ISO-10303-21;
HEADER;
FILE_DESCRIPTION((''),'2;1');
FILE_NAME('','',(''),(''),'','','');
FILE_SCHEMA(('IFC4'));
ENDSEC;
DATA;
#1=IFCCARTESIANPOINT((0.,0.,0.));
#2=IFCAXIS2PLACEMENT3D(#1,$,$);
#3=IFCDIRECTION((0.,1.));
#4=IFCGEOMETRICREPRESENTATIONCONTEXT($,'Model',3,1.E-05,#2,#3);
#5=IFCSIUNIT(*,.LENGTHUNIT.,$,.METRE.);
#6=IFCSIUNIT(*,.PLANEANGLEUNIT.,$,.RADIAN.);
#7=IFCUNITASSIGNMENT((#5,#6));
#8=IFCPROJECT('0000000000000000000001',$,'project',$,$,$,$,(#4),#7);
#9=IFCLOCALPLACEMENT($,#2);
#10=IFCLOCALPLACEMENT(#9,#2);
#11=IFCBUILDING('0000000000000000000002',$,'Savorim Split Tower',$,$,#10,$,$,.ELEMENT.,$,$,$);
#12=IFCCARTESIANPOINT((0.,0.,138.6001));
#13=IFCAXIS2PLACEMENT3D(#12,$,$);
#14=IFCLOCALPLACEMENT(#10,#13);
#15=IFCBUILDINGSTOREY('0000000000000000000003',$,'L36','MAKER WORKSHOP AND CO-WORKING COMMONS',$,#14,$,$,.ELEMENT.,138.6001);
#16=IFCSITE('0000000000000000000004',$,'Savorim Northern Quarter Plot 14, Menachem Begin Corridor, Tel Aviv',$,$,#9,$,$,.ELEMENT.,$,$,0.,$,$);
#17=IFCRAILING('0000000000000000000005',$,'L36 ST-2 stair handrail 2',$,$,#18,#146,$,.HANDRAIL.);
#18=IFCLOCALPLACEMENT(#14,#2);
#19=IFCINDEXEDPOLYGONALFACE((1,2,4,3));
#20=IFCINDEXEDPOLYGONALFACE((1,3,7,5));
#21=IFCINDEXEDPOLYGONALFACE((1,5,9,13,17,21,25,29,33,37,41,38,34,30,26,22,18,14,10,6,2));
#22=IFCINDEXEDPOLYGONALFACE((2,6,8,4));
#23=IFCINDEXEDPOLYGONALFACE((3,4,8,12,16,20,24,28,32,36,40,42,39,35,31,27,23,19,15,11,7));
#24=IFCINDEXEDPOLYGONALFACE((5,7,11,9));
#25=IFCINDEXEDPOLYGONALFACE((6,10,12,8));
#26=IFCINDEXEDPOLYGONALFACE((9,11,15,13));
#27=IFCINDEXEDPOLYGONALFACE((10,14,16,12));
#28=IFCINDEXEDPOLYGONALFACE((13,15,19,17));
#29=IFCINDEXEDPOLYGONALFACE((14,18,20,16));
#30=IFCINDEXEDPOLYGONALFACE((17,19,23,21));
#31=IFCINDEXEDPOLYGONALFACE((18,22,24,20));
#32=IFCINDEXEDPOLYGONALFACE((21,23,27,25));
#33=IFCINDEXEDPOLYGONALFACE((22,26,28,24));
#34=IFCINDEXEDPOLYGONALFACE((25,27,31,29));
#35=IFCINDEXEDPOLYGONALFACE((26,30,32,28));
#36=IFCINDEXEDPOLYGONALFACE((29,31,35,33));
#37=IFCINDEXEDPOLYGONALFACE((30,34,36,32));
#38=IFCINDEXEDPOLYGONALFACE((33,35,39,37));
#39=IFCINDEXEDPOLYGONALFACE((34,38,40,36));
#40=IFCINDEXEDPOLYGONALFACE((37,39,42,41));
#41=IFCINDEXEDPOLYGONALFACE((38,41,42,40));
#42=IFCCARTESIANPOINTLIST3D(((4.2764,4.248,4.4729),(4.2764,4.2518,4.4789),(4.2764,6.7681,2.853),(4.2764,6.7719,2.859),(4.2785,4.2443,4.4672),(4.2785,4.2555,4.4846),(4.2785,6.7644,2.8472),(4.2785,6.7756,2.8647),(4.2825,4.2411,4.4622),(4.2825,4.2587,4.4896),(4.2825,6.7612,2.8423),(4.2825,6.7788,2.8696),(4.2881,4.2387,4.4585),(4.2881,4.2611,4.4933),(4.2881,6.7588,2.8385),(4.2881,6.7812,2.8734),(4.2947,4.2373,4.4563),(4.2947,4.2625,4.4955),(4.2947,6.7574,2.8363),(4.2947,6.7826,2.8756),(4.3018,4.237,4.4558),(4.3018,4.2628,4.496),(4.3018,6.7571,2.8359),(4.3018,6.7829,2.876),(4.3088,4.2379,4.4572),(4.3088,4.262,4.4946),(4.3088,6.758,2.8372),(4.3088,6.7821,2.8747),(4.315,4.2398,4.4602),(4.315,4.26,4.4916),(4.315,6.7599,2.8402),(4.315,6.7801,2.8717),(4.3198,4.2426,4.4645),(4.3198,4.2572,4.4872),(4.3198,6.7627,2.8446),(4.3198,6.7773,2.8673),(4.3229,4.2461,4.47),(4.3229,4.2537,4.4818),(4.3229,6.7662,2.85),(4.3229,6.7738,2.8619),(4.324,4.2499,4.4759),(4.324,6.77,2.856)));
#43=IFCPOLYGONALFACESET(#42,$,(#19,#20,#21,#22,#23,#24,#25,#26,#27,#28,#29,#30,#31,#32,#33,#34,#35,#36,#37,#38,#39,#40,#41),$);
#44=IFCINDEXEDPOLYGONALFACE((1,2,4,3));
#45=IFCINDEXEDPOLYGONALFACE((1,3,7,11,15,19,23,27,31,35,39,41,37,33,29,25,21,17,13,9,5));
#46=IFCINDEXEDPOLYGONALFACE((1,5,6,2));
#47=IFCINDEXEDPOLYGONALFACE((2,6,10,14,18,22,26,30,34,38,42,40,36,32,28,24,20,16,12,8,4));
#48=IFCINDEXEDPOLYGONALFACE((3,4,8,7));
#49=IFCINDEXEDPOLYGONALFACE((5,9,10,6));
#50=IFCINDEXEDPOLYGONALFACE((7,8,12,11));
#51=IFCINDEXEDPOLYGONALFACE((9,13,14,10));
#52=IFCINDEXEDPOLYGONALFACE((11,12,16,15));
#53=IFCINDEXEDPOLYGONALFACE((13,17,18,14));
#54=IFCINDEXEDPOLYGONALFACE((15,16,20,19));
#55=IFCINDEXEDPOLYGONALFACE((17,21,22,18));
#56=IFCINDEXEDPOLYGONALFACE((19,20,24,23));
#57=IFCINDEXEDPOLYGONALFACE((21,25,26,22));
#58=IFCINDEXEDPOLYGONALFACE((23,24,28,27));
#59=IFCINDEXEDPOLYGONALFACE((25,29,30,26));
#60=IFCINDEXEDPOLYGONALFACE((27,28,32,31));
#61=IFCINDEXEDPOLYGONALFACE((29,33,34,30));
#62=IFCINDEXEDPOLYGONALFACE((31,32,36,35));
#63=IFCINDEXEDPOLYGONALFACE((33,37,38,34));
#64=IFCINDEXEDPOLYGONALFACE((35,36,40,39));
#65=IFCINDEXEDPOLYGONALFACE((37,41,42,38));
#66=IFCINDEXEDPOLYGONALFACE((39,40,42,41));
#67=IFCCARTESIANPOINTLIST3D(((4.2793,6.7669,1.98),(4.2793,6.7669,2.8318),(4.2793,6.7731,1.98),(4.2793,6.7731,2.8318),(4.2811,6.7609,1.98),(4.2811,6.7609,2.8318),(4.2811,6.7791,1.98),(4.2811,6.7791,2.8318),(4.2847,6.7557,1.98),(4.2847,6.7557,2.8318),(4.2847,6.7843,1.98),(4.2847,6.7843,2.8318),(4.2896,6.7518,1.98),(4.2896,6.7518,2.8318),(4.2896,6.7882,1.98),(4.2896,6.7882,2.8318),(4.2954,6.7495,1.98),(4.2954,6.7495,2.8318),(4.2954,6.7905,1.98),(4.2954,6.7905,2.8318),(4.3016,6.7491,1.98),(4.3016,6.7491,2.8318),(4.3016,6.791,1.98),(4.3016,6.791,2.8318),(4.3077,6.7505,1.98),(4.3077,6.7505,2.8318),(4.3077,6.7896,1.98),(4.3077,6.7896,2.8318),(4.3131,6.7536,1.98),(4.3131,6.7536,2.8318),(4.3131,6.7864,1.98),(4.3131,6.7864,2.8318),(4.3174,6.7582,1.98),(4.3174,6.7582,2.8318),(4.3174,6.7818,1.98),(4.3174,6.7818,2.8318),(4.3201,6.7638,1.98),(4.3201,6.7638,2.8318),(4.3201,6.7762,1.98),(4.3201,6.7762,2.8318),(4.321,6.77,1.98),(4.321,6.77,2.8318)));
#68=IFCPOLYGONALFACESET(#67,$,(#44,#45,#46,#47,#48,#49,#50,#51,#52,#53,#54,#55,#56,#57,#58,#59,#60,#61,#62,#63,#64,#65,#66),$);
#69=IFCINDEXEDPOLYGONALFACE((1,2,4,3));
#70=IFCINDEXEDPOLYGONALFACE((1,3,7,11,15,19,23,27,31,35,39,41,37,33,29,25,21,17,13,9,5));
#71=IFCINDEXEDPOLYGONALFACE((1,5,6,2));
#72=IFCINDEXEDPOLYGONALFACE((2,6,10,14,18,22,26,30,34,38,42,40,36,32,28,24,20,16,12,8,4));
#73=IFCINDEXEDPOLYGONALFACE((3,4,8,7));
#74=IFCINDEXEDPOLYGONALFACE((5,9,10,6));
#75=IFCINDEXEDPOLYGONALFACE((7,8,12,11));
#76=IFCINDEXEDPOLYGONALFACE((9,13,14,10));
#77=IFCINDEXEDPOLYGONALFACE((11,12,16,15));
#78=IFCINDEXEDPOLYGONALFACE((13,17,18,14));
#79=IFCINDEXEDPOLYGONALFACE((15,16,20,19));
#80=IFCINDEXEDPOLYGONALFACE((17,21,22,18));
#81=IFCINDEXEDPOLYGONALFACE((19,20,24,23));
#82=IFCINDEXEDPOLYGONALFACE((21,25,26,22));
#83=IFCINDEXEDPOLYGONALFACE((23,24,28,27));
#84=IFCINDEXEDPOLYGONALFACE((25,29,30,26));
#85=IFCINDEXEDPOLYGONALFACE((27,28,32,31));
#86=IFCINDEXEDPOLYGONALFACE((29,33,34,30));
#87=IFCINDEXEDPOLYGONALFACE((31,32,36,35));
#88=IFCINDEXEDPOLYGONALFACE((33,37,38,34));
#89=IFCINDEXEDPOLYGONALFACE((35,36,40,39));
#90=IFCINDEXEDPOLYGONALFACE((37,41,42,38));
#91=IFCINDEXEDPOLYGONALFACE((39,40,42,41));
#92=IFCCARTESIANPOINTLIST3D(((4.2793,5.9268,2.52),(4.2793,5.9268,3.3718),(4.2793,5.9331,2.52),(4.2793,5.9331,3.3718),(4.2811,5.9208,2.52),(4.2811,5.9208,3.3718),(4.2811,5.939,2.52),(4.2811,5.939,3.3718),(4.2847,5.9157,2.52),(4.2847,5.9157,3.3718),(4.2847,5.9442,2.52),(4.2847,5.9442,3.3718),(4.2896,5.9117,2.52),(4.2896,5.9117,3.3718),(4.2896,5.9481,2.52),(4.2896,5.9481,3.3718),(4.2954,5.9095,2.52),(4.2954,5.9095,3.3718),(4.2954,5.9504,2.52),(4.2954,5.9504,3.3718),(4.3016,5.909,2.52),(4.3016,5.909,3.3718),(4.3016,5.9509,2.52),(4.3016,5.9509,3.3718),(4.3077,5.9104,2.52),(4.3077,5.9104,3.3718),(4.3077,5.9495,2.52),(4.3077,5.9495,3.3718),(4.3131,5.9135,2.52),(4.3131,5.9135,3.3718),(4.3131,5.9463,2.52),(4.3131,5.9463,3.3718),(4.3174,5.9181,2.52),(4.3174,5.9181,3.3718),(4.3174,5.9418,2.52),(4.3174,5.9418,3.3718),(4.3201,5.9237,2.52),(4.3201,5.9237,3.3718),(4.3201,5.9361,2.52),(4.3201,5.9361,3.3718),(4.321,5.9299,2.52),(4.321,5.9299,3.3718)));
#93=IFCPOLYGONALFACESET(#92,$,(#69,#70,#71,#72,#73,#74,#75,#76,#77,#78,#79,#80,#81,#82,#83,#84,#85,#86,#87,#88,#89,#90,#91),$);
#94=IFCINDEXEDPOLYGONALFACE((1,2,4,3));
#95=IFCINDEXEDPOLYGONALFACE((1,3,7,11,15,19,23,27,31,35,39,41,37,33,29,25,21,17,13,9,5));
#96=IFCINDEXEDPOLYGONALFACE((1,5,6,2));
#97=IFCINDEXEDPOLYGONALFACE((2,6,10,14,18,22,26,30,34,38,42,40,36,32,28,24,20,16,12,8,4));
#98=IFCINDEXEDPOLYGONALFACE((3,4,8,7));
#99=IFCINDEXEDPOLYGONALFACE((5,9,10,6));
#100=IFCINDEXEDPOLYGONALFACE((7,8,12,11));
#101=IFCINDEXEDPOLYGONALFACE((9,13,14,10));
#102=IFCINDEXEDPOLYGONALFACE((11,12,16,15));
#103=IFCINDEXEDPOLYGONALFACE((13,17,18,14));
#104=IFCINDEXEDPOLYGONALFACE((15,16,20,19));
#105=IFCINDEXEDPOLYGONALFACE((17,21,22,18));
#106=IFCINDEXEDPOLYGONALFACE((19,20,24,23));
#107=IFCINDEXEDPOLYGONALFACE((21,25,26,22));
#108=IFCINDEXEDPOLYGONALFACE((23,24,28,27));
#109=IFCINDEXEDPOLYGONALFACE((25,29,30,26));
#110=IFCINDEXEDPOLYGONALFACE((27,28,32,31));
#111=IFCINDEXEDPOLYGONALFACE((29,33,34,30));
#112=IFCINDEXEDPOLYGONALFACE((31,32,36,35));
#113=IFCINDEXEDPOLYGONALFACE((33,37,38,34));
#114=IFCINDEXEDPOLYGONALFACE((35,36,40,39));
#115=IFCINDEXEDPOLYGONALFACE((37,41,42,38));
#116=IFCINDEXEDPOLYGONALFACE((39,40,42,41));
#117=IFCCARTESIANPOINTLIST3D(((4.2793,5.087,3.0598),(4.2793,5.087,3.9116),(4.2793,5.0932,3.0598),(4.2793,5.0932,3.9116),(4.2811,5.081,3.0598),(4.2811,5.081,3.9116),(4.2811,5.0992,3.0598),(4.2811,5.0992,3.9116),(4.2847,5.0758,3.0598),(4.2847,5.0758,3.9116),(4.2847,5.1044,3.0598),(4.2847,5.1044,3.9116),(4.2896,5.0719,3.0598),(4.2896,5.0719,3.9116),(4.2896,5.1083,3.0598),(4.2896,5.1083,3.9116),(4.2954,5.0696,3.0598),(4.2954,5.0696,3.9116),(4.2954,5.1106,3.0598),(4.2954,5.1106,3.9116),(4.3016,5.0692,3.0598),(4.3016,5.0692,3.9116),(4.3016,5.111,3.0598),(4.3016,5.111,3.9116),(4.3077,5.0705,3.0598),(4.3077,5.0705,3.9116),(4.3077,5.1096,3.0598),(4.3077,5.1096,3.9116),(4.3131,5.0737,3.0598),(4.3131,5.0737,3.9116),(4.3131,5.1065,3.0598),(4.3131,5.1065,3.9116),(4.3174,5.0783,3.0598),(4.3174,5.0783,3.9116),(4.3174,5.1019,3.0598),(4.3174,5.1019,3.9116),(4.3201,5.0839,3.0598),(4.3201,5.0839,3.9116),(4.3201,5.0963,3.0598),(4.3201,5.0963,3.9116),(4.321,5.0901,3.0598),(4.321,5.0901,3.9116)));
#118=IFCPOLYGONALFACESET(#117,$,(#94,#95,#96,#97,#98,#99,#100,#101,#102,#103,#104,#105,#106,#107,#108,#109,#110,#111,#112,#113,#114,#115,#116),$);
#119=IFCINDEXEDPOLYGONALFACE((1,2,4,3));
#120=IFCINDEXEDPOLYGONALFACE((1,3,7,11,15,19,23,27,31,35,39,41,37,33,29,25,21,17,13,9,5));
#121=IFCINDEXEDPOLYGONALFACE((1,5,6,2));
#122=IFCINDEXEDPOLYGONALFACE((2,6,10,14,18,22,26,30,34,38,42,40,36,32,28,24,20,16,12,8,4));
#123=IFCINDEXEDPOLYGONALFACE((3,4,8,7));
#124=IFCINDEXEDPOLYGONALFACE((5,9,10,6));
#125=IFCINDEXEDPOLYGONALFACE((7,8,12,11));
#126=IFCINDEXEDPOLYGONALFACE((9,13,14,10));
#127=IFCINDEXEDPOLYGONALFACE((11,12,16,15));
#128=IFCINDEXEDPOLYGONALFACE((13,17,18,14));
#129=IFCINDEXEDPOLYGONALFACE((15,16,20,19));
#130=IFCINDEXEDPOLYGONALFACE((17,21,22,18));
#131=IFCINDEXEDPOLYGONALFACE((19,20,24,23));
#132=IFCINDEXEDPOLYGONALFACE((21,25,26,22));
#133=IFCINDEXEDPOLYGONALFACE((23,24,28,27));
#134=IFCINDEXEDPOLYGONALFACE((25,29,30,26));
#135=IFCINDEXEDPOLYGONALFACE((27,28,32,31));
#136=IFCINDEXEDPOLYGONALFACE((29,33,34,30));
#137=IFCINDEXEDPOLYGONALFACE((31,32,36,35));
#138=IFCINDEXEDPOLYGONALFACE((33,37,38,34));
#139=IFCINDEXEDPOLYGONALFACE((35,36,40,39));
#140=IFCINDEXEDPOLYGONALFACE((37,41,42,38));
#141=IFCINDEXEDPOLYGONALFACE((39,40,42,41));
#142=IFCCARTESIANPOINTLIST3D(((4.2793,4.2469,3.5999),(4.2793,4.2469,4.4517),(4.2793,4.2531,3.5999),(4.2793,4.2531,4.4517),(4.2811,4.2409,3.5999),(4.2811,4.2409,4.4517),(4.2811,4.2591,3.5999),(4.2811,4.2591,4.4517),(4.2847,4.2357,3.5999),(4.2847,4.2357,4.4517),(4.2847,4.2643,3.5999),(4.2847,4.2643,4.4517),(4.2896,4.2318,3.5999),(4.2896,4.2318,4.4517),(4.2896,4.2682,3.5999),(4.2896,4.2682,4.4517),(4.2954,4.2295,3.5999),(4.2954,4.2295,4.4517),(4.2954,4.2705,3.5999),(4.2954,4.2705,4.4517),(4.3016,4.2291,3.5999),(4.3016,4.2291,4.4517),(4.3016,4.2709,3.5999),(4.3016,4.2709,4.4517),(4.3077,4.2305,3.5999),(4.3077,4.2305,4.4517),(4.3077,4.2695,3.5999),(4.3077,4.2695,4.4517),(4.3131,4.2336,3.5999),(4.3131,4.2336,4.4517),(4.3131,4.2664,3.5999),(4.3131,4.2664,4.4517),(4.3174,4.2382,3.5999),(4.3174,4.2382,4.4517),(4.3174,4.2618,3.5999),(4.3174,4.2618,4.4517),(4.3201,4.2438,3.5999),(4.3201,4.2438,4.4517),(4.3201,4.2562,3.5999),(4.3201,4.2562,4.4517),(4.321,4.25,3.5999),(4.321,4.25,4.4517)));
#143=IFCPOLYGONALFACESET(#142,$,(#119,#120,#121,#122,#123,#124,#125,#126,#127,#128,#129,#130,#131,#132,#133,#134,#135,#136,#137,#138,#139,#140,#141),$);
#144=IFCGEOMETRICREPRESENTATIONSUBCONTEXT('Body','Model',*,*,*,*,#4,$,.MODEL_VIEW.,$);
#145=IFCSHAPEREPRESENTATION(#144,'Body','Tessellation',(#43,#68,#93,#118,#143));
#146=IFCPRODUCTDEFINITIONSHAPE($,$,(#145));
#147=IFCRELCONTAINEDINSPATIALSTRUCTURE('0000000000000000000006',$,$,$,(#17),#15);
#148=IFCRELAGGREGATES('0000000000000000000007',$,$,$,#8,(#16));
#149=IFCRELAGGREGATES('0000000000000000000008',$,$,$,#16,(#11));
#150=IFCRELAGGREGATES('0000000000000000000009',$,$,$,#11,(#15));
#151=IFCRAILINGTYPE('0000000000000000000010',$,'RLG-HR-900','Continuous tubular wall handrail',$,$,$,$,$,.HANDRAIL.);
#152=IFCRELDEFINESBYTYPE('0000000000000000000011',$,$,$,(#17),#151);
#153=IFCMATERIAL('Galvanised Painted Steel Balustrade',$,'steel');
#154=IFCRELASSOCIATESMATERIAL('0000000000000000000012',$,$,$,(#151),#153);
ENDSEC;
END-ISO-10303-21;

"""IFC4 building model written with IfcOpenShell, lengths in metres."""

from ifc_helpers import new_model, si_unit, direction, frame, origin, origin_2d, place, context, subcontext, project, spatial, circle, extrude, material, type_object, element, save


model = new_model("IFC4")

# Units and contexts
model_context = context("Model", 3, precision=1e-05, world=origin(), true_north=direction((0.0, 1.0)))
body_context = subcontext(model_context, "Body", "Model", "MODEL_VIEW")
ifc_project = project(units=[si_unit("LENGTHUNIT", "METRE"), si_unit("PLANEANGLEUNIT", "RADIAN")], contexts=[model_context])

# Site, building, storey
site_placement = place(None, origin())
site = spatial("IfcSite", under=ifc_project, at=site_placement, Name="Savorim Northern Quarter Plot 14, Menachem Begin Corridor, Tel Aviv", CompositionType="ELEMENT", RefElevation=0.0)
building_placement = place(site_placement, origin())
building = spatial("IfcBuilding", under=site, at=building_placement, Name="Savorim Split Tower", CompositionType="ELEMENT")
storey_placement = place(building_placement, frame((0.0, 0.0, 138.6001)))
storey = spatial("IfcBuildingStorey", under=building, at=storey_placement, Name="L36", Description="MAKER WORKSHOP AND CO-WORKING COMMONS", CompositionType="ELEMENT", Elevation=138.6001)

# Railing
ifc_material_1 = material(Name="Galvanised Painted Steel Balustrade", Category="steel")
railing_type_1 = type_object("IfcRailingType", Name="RLG-HR-900", Description="Continuous tubular wall handrail", PredefinedType="HANDRAIL", material=ifc_material_1)
railing_1_placement = place(storey_placement, frame((4.3, 6.77, 1.98)))
element("IfcRailing", 1, at=railing_1_placement, inside=storey, type_object=railing_type_1, Name="L36 ST-2 stair handrail 2", PredefinedType="HANDRAIL", context=body_context, shape_type="SweptSolid", body=[
    extrude(circle(Radius=0.0239, at=origin_2d()), frame((0.0, 0.0, 0.876), z_axis=(0.0, -0.8412, 0.540725), x_axis=(1.0, 0.0, 0.0)), (0.0, 0.0, 1.0), 2.9958),
    extrude(circle(Radius=0.021, at=origin_2d()), origin(), (0.0, 0.0, 1.0), 0.8518),
    extrude(circle(Radius=0.021, at=origin_2d()), frame((0.0, -0.8401, 0.54)), (0.0, 0.0, 1.0), 0.8518),
    extrude(circle(Radius=0.021, at=origin_2d()), frame((0.0, -1.6799, 1.0798)), (0.0, 0.0, 1.0), 0.8518),
    extrude(circle(Radius=0.021, at=origin_2d()), frame((0.0, -2.52, 1.6199)), (0.0, 0.0, 1.0), 0.8518),
])

save(model, "model.ifc")
